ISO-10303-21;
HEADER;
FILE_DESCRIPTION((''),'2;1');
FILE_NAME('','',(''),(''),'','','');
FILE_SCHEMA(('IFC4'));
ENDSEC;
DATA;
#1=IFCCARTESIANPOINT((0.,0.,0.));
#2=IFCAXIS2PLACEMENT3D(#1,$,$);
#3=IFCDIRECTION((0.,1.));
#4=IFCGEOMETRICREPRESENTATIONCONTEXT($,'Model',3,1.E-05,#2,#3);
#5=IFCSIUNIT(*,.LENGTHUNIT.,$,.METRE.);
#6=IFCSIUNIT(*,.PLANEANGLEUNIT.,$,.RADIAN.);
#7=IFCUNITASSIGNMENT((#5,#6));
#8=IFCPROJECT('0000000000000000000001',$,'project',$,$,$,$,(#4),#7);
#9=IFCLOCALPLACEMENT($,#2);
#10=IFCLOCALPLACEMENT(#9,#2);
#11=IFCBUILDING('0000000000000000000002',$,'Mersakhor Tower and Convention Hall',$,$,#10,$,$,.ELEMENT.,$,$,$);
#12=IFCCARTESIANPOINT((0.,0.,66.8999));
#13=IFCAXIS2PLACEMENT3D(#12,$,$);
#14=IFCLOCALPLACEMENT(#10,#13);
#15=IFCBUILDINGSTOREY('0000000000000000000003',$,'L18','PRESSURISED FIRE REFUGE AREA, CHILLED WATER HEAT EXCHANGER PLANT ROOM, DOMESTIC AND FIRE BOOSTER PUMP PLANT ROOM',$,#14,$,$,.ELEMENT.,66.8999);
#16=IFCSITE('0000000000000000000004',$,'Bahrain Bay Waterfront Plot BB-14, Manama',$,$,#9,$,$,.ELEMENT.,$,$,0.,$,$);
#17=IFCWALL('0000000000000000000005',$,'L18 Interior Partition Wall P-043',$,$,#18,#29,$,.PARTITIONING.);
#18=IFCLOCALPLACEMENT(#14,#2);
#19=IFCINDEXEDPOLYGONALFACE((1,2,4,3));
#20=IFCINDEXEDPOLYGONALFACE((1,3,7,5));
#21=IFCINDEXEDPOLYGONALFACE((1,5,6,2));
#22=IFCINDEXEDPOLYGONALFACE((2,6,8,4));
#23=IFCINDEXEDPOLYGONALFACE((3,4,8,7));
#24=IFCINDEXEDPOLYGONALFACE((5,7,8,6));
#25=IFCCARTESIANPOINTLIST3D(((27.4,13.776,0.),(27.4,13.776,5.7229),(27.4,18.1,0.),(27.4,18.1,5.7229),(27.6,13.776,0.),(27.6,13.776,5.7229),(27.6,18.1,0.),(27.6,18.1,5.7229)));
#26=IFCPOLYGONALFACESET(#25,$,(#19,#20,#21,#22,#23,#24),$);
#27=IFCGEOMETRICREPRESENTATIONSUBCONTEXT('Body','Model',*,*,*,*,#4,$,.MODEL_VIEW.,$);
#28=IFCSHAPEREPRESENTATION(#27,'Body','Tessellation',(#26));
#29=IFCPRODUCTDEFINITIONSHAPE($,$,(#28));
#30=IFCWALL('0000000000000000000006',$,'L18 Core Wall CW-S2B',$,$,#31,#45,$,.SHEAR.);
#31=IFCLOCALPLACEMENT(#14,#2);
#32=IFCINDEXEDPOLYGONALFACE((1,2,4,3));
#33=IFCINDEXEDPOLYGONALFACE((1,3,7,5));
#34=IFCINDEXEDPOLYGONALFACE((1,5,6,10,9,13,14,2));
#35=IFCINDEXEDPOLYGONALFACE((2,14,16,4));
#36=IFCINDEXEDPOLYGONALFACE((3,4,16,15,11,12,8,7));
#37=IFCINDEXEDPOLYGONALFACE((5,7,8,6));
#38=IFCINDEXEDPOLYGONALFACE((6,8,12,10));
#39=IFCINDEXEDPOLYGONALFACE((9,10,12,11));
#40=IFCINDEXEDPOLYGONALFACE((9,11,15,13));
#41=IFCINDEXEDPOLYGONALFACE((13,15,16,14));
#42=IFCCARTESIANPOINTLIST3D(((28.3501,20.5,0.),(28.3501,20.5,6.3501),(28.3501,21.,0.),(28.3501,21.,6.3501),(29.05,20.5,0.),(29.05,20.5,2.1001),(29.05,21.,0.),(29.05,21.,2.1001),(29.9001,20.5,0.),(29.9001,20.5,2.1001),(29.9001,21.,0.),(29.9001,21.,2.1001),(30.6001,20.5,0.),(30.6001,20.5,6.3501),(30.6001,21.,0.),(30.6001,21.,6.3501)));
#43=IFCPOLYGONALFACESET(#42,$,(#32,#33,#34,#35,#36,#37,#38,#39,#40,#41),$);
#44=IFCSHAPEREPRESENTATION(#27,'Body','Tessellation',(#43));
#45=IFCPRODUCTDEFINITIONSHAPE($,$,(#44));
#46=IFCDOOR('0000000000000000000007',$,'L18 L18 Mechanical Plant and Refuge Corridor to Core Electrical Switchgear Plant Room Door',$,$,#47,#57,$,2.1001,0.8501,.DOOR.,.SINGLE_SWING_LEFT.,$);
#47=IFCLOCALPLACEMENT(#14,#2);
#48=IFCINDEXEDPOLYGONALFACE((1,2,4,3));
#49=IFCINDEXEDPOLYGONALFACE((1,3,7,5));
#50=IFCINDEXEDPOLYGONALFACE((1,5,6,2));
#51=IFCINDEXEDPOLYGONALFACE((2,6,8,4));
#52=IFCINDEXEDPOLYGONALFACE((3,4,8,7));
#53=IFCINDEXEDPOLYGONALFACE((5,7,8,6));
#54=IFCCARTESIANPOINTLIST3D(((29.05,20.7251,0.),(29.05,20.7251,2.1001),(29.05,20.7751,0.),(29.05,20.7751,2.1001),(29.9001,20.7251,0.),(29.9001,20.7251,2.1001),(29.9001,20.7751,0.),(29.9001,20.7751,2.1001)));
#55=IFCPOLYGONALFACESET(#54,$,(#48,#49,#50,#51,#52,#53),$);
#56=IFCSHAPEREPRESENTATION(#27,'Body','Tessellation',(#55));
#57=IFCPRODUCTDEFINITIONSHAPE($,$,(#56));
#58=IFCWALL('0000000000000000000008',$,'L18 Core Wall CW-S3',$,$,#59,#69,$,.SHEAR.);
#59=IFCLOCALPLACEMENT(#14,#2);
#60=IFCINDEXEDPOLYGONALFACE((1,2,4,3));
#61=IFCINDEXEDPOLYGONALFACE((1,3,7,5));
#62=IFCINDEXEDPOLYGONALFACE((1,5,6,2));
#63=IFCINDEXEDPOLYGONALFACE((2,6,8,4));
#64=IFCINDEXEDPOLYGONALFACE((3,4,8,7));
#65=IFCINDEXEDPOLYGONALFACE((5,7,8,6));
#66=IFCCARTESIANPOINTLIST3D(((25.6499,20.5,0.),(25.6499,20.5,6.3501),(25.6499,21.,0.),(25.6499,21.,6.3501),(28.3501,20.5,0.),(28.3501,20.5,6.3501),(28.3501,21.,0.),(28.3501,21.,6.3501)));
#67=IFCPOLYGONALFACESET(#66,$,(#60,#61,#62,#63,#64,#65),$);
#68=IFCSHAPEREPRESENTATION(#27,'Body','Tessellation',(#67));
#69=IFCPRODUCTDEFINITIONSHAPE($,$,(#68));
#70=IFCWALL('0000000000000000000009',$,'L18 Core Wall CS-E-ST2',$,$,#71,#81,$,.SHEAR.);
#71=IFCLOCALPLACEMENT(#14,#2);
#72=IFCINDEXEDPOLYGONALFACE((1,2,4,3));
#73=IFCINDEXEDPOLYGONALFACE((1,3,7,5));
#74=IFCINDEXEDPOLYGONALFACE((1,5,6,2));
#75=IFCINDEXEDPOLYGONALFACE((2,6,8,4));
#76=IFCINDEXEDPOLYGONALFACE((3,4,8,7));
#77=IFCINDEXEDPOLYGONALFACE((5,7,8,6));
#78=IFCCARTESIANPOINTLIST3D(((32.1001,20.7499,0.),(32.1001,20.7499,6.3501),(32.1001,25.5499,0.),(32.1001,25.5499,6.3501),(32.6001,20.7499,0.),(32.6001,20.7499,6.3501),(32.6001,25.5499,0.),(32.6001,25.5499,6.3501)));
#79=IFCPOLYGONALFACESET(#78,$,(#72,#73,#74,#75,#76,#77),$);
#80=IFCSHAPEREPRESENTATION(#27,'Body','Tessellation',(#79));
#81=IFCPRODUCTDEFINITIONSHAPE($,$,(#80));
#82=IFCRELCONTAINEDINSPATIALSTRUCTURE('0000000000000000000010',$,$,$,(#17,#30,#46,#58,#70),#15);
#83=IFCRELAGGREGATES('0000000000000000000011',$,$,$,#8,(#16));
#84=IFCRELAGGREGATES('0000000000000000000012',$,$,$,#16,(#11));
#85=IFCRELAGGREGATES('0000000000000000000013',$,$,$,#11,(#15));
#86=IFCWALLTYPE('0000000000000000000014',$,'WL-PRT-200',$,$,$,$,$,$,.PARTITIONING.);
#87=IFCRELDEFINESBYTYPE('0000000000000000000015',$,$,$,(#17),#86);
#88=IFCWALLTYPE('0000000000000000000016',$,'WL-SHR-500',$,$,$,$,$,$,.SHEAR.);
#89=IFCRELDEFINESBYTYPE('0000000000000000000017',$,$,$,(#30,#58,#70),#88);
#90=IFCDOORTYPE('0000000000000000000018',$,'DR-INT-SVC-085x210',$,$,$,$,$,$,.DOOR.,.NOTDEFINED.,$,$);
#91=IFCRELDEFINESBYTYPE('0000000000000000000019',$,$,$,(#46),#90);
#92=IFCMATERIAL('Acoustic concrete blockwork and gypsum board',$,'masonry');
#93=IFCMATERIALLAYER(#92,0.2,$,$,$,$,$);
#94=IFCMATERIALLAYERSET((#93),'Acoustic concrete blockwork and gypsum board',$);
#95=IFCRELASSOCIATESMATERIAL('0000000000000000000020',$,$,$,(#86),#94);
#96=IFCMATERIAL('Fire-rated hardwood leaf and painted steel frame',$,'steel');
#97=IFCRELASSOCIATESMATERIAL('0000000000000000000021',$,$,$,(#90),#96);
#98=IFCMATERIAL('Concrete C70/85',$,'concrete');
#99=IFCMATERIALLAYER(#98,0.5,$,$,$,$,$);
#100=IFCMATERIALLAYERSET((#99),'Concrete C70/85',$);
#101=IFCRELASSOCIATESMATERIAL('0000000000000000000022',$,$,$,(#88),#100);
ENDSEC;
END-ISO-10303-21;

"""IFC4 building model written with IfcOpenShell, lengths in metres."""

from ifc_helpers import new_model, si_unit, direction, frame, frame_2d, origin, place, context, subcontext, project, spatial, rectangle, extrude, material, layer, layer_set, type_object, element, fill, save


model = new_model("IFC4")

# Units and contexts
model_context = context("Model", 3, precision=1e-05, world=origin(), true_north=direction((0.0, 1.0)))
body_context = subcontext(model_context, "Body", "Model", "MODEL_VIEW")
ifc_project = project(units=[si_unit("LENGTHUNIT", "METRE"), si_unit("PLANEANGLEUNIT", "RADIAN")], contexts=[model_context])

# Site, building, storey
site_placement = place(None, origin())
site = spatial("IfcSite", under=ifc_project, at=site_placement, Name="Bahrain Bay Waterfront Plot BB-14, Manama", CompositionType="ELEMENT", RefElevation=0.0)
building_placement = place(site_placement, origin())
building = spatial("IfcBuilding", under=site, at=building_placement, Name="Mersakhor Tower and Convention Hall", CompositionType="ELEMENT")
storey_placement = place(building_placement, frame((0.0, 0.0, 66.8999)))
storey = spatial("IfcBuildingStorey", under=building, at=storey_placement, Name="L18", Description="PRESSURISED FIRE REFUGE AREA, CHILLED WATER HEAT EXCHANGER PLANT ROOM, DOMESTIC AND FIRE BOOSTER PUMP PLANT ROOM", CompositionType="ELEMENT", Elevation=66.8999)

# Shared definitions
ifc_material_1 = material(Name="Acoustic concrete blockwork and gypsum board", Category="masonry")
ifc_layer_1 = layer(ifc_material_1, 0.2)
ifc_layer_set_1 = layer_set([ifc_layer_1], Name="Acoustic concrete blockwork and gypsum board")
wall_type_1 = type_object("IfcWallType", Name="WL-PRT-200", PredefinedType="PARTITIONING", material=ifc_layer_set_1)

# Shared definitions
ifc_material_2 = material(Name="Fire-rated hardwood leaf and painted steel frame", Category="steel")
door_type_1 = type_object("IfcDoorType", Name="DR-INT-SVC-085x210", OperationType="NOTDEFINED", PredefinedType="DOOR", material=ifc_material_2)

# Wall
wall_1_placement = place(storey_placement, frame((27.5, 18.1001, 0.0), z_axis=(0.0, 0.0, 1.0), x_axis=(0.0, -1.0, 0.0)))
element("IfcWall", 1, at=wall_1_placement, inside=storey, type_object=wall_type_1, Name="L18 Interior Partition Wall P-043", PredefinedType="PARTITIONING", context=body_context, shape_type="SweptSolid", body=[
    extrude(rectangle(XDim=4.324, YDim=0.2, at=frame_2d((2.1621, 0.0))), origin(), (0.0, 0.0, 1.0), 5.7229),
])

# Wall, opening, door
ifc_material_3 = material(Name="Concrete C70/85", Category="concrete")
ifc_layer_2 = layer(ifc_material_3, 0.5)
ifc_layer_set_2 = layer_set([ifc_layer_2], Name="Concrete C70/85")
wall_type_2 = type_object("IfcWallType", Name="WL-SHR-500", PredefinedType="SHEAR", material=ifc_layer_set_2)
wall_2_placement = place(storey_placement, frame((30.6001, 20.75, 0.0), z_axis=(0.0, 0.0, 1.0), x_axis=(-1.0, 0.0, 0.0)))
wall_2 = element("IfcWall", 2, at=wall_2_placement, inside=storey, type_object=wall_type_2, Name="L18 Core Wall CW-S2B", PredefinedType="SHEAR", context=body_context, shape_type="SweptSolid", body=[
    extrude(rectangle(XDim=2.25, YDim=0.5, at=frame_2d((1.125, 0.0))), origin(), (0.0, 0.0, 1.0), 6.3501),
])
opening_1_placement = place(wall_2_placement, frame((0.7, 0.0, 0.0)))
opening_1 = element("IfcOpeningElement", 3, at=opening_1_placement, cuts=wall_2, PredefinedType="OPENING", context=body_context, shape_type="SweptSolid", body=[
    extrude(rectangle(XDim=0.8501, YDim=2.1001, at=frame_2d((0.425, 1.05))), frame((0.0, 0.26, 0.0), z_axis=(0.0, -1.0, 0.0), x_axis=(1.0, 0.0, 0.0)), (0.0, 0.0, 1.0), 0.52),
])
door_1_placement = place(opening_1_placement, origin())
door_1 = element("IfcDoor", 4, at=door_1_placement, inside=storey, type_object=door_type_1, Name="L18 L18 Mechanical Plant and Refuge Corridor to Core Electrical Switchgear Plant Room Door", OperationType="SINGLE_SWING_LEFT", OverallHeight=2.1001, OverallWidth=0.8501, PredefinedType="DOOR", context=body_context, shape_type="SweptSolid", body=[
    extrude(rectangle(XDim=0.8501, YDim=2.1001, at=frame_2d((0.425, 1.05))), frame((0.0, 0.0249, 0.0), z_axis=(0.0, -1.0, 0.0), x_axis=(1.0, 0.0, 0.0)), (0.0, 0.0, 1.0), 0.05),
])
fill(opening_1, door_1)

# Walls
wall_3_placement = place(storey_placement, frame((28.3501, 20.75, 0.0), z_axis=(0.0, 0.0, 1.0), x_axis=(-1.0, 0.0, 0.0)))
element("IfcWall", 5, at=wall_3_placement, inside=storey, type_object=wall_type_2, Name="L18 Core Wall CW-S3", PredefinedType="SHEAR", context=body_context, shape_type="SweptSolid", body=[
    extrude(rectangle(XDim=2.7002, YDim=0.5, at=frame_2d((1.3501, 0.0))), origin(), (0.0, 0.0, 1.0), 6.3501),
])
wall_4_placement = place(storey_placement, frame((32.3501, 20.75, 0.0), z_axis=(0.0, 0.0, 1.0), x_axis=(0.0, 1.0, 0.0)))
element("IfcWall", 6, at=wall_4_placement, inside=storey, type_object=wall_type_2, Name="L18 Core Wall CS-E-ST2", PredefinedType="SHEAR", context=body_context, shape_type="SweptSolid", body=[
    extrude(rectangle(XDim=4.8, YDim=0.5, at=frame_2d((2.3999, 0.0))), origin(), (0.0, 0.0, 1.0), 6.3501),
])

save(model, "model.ifc")
